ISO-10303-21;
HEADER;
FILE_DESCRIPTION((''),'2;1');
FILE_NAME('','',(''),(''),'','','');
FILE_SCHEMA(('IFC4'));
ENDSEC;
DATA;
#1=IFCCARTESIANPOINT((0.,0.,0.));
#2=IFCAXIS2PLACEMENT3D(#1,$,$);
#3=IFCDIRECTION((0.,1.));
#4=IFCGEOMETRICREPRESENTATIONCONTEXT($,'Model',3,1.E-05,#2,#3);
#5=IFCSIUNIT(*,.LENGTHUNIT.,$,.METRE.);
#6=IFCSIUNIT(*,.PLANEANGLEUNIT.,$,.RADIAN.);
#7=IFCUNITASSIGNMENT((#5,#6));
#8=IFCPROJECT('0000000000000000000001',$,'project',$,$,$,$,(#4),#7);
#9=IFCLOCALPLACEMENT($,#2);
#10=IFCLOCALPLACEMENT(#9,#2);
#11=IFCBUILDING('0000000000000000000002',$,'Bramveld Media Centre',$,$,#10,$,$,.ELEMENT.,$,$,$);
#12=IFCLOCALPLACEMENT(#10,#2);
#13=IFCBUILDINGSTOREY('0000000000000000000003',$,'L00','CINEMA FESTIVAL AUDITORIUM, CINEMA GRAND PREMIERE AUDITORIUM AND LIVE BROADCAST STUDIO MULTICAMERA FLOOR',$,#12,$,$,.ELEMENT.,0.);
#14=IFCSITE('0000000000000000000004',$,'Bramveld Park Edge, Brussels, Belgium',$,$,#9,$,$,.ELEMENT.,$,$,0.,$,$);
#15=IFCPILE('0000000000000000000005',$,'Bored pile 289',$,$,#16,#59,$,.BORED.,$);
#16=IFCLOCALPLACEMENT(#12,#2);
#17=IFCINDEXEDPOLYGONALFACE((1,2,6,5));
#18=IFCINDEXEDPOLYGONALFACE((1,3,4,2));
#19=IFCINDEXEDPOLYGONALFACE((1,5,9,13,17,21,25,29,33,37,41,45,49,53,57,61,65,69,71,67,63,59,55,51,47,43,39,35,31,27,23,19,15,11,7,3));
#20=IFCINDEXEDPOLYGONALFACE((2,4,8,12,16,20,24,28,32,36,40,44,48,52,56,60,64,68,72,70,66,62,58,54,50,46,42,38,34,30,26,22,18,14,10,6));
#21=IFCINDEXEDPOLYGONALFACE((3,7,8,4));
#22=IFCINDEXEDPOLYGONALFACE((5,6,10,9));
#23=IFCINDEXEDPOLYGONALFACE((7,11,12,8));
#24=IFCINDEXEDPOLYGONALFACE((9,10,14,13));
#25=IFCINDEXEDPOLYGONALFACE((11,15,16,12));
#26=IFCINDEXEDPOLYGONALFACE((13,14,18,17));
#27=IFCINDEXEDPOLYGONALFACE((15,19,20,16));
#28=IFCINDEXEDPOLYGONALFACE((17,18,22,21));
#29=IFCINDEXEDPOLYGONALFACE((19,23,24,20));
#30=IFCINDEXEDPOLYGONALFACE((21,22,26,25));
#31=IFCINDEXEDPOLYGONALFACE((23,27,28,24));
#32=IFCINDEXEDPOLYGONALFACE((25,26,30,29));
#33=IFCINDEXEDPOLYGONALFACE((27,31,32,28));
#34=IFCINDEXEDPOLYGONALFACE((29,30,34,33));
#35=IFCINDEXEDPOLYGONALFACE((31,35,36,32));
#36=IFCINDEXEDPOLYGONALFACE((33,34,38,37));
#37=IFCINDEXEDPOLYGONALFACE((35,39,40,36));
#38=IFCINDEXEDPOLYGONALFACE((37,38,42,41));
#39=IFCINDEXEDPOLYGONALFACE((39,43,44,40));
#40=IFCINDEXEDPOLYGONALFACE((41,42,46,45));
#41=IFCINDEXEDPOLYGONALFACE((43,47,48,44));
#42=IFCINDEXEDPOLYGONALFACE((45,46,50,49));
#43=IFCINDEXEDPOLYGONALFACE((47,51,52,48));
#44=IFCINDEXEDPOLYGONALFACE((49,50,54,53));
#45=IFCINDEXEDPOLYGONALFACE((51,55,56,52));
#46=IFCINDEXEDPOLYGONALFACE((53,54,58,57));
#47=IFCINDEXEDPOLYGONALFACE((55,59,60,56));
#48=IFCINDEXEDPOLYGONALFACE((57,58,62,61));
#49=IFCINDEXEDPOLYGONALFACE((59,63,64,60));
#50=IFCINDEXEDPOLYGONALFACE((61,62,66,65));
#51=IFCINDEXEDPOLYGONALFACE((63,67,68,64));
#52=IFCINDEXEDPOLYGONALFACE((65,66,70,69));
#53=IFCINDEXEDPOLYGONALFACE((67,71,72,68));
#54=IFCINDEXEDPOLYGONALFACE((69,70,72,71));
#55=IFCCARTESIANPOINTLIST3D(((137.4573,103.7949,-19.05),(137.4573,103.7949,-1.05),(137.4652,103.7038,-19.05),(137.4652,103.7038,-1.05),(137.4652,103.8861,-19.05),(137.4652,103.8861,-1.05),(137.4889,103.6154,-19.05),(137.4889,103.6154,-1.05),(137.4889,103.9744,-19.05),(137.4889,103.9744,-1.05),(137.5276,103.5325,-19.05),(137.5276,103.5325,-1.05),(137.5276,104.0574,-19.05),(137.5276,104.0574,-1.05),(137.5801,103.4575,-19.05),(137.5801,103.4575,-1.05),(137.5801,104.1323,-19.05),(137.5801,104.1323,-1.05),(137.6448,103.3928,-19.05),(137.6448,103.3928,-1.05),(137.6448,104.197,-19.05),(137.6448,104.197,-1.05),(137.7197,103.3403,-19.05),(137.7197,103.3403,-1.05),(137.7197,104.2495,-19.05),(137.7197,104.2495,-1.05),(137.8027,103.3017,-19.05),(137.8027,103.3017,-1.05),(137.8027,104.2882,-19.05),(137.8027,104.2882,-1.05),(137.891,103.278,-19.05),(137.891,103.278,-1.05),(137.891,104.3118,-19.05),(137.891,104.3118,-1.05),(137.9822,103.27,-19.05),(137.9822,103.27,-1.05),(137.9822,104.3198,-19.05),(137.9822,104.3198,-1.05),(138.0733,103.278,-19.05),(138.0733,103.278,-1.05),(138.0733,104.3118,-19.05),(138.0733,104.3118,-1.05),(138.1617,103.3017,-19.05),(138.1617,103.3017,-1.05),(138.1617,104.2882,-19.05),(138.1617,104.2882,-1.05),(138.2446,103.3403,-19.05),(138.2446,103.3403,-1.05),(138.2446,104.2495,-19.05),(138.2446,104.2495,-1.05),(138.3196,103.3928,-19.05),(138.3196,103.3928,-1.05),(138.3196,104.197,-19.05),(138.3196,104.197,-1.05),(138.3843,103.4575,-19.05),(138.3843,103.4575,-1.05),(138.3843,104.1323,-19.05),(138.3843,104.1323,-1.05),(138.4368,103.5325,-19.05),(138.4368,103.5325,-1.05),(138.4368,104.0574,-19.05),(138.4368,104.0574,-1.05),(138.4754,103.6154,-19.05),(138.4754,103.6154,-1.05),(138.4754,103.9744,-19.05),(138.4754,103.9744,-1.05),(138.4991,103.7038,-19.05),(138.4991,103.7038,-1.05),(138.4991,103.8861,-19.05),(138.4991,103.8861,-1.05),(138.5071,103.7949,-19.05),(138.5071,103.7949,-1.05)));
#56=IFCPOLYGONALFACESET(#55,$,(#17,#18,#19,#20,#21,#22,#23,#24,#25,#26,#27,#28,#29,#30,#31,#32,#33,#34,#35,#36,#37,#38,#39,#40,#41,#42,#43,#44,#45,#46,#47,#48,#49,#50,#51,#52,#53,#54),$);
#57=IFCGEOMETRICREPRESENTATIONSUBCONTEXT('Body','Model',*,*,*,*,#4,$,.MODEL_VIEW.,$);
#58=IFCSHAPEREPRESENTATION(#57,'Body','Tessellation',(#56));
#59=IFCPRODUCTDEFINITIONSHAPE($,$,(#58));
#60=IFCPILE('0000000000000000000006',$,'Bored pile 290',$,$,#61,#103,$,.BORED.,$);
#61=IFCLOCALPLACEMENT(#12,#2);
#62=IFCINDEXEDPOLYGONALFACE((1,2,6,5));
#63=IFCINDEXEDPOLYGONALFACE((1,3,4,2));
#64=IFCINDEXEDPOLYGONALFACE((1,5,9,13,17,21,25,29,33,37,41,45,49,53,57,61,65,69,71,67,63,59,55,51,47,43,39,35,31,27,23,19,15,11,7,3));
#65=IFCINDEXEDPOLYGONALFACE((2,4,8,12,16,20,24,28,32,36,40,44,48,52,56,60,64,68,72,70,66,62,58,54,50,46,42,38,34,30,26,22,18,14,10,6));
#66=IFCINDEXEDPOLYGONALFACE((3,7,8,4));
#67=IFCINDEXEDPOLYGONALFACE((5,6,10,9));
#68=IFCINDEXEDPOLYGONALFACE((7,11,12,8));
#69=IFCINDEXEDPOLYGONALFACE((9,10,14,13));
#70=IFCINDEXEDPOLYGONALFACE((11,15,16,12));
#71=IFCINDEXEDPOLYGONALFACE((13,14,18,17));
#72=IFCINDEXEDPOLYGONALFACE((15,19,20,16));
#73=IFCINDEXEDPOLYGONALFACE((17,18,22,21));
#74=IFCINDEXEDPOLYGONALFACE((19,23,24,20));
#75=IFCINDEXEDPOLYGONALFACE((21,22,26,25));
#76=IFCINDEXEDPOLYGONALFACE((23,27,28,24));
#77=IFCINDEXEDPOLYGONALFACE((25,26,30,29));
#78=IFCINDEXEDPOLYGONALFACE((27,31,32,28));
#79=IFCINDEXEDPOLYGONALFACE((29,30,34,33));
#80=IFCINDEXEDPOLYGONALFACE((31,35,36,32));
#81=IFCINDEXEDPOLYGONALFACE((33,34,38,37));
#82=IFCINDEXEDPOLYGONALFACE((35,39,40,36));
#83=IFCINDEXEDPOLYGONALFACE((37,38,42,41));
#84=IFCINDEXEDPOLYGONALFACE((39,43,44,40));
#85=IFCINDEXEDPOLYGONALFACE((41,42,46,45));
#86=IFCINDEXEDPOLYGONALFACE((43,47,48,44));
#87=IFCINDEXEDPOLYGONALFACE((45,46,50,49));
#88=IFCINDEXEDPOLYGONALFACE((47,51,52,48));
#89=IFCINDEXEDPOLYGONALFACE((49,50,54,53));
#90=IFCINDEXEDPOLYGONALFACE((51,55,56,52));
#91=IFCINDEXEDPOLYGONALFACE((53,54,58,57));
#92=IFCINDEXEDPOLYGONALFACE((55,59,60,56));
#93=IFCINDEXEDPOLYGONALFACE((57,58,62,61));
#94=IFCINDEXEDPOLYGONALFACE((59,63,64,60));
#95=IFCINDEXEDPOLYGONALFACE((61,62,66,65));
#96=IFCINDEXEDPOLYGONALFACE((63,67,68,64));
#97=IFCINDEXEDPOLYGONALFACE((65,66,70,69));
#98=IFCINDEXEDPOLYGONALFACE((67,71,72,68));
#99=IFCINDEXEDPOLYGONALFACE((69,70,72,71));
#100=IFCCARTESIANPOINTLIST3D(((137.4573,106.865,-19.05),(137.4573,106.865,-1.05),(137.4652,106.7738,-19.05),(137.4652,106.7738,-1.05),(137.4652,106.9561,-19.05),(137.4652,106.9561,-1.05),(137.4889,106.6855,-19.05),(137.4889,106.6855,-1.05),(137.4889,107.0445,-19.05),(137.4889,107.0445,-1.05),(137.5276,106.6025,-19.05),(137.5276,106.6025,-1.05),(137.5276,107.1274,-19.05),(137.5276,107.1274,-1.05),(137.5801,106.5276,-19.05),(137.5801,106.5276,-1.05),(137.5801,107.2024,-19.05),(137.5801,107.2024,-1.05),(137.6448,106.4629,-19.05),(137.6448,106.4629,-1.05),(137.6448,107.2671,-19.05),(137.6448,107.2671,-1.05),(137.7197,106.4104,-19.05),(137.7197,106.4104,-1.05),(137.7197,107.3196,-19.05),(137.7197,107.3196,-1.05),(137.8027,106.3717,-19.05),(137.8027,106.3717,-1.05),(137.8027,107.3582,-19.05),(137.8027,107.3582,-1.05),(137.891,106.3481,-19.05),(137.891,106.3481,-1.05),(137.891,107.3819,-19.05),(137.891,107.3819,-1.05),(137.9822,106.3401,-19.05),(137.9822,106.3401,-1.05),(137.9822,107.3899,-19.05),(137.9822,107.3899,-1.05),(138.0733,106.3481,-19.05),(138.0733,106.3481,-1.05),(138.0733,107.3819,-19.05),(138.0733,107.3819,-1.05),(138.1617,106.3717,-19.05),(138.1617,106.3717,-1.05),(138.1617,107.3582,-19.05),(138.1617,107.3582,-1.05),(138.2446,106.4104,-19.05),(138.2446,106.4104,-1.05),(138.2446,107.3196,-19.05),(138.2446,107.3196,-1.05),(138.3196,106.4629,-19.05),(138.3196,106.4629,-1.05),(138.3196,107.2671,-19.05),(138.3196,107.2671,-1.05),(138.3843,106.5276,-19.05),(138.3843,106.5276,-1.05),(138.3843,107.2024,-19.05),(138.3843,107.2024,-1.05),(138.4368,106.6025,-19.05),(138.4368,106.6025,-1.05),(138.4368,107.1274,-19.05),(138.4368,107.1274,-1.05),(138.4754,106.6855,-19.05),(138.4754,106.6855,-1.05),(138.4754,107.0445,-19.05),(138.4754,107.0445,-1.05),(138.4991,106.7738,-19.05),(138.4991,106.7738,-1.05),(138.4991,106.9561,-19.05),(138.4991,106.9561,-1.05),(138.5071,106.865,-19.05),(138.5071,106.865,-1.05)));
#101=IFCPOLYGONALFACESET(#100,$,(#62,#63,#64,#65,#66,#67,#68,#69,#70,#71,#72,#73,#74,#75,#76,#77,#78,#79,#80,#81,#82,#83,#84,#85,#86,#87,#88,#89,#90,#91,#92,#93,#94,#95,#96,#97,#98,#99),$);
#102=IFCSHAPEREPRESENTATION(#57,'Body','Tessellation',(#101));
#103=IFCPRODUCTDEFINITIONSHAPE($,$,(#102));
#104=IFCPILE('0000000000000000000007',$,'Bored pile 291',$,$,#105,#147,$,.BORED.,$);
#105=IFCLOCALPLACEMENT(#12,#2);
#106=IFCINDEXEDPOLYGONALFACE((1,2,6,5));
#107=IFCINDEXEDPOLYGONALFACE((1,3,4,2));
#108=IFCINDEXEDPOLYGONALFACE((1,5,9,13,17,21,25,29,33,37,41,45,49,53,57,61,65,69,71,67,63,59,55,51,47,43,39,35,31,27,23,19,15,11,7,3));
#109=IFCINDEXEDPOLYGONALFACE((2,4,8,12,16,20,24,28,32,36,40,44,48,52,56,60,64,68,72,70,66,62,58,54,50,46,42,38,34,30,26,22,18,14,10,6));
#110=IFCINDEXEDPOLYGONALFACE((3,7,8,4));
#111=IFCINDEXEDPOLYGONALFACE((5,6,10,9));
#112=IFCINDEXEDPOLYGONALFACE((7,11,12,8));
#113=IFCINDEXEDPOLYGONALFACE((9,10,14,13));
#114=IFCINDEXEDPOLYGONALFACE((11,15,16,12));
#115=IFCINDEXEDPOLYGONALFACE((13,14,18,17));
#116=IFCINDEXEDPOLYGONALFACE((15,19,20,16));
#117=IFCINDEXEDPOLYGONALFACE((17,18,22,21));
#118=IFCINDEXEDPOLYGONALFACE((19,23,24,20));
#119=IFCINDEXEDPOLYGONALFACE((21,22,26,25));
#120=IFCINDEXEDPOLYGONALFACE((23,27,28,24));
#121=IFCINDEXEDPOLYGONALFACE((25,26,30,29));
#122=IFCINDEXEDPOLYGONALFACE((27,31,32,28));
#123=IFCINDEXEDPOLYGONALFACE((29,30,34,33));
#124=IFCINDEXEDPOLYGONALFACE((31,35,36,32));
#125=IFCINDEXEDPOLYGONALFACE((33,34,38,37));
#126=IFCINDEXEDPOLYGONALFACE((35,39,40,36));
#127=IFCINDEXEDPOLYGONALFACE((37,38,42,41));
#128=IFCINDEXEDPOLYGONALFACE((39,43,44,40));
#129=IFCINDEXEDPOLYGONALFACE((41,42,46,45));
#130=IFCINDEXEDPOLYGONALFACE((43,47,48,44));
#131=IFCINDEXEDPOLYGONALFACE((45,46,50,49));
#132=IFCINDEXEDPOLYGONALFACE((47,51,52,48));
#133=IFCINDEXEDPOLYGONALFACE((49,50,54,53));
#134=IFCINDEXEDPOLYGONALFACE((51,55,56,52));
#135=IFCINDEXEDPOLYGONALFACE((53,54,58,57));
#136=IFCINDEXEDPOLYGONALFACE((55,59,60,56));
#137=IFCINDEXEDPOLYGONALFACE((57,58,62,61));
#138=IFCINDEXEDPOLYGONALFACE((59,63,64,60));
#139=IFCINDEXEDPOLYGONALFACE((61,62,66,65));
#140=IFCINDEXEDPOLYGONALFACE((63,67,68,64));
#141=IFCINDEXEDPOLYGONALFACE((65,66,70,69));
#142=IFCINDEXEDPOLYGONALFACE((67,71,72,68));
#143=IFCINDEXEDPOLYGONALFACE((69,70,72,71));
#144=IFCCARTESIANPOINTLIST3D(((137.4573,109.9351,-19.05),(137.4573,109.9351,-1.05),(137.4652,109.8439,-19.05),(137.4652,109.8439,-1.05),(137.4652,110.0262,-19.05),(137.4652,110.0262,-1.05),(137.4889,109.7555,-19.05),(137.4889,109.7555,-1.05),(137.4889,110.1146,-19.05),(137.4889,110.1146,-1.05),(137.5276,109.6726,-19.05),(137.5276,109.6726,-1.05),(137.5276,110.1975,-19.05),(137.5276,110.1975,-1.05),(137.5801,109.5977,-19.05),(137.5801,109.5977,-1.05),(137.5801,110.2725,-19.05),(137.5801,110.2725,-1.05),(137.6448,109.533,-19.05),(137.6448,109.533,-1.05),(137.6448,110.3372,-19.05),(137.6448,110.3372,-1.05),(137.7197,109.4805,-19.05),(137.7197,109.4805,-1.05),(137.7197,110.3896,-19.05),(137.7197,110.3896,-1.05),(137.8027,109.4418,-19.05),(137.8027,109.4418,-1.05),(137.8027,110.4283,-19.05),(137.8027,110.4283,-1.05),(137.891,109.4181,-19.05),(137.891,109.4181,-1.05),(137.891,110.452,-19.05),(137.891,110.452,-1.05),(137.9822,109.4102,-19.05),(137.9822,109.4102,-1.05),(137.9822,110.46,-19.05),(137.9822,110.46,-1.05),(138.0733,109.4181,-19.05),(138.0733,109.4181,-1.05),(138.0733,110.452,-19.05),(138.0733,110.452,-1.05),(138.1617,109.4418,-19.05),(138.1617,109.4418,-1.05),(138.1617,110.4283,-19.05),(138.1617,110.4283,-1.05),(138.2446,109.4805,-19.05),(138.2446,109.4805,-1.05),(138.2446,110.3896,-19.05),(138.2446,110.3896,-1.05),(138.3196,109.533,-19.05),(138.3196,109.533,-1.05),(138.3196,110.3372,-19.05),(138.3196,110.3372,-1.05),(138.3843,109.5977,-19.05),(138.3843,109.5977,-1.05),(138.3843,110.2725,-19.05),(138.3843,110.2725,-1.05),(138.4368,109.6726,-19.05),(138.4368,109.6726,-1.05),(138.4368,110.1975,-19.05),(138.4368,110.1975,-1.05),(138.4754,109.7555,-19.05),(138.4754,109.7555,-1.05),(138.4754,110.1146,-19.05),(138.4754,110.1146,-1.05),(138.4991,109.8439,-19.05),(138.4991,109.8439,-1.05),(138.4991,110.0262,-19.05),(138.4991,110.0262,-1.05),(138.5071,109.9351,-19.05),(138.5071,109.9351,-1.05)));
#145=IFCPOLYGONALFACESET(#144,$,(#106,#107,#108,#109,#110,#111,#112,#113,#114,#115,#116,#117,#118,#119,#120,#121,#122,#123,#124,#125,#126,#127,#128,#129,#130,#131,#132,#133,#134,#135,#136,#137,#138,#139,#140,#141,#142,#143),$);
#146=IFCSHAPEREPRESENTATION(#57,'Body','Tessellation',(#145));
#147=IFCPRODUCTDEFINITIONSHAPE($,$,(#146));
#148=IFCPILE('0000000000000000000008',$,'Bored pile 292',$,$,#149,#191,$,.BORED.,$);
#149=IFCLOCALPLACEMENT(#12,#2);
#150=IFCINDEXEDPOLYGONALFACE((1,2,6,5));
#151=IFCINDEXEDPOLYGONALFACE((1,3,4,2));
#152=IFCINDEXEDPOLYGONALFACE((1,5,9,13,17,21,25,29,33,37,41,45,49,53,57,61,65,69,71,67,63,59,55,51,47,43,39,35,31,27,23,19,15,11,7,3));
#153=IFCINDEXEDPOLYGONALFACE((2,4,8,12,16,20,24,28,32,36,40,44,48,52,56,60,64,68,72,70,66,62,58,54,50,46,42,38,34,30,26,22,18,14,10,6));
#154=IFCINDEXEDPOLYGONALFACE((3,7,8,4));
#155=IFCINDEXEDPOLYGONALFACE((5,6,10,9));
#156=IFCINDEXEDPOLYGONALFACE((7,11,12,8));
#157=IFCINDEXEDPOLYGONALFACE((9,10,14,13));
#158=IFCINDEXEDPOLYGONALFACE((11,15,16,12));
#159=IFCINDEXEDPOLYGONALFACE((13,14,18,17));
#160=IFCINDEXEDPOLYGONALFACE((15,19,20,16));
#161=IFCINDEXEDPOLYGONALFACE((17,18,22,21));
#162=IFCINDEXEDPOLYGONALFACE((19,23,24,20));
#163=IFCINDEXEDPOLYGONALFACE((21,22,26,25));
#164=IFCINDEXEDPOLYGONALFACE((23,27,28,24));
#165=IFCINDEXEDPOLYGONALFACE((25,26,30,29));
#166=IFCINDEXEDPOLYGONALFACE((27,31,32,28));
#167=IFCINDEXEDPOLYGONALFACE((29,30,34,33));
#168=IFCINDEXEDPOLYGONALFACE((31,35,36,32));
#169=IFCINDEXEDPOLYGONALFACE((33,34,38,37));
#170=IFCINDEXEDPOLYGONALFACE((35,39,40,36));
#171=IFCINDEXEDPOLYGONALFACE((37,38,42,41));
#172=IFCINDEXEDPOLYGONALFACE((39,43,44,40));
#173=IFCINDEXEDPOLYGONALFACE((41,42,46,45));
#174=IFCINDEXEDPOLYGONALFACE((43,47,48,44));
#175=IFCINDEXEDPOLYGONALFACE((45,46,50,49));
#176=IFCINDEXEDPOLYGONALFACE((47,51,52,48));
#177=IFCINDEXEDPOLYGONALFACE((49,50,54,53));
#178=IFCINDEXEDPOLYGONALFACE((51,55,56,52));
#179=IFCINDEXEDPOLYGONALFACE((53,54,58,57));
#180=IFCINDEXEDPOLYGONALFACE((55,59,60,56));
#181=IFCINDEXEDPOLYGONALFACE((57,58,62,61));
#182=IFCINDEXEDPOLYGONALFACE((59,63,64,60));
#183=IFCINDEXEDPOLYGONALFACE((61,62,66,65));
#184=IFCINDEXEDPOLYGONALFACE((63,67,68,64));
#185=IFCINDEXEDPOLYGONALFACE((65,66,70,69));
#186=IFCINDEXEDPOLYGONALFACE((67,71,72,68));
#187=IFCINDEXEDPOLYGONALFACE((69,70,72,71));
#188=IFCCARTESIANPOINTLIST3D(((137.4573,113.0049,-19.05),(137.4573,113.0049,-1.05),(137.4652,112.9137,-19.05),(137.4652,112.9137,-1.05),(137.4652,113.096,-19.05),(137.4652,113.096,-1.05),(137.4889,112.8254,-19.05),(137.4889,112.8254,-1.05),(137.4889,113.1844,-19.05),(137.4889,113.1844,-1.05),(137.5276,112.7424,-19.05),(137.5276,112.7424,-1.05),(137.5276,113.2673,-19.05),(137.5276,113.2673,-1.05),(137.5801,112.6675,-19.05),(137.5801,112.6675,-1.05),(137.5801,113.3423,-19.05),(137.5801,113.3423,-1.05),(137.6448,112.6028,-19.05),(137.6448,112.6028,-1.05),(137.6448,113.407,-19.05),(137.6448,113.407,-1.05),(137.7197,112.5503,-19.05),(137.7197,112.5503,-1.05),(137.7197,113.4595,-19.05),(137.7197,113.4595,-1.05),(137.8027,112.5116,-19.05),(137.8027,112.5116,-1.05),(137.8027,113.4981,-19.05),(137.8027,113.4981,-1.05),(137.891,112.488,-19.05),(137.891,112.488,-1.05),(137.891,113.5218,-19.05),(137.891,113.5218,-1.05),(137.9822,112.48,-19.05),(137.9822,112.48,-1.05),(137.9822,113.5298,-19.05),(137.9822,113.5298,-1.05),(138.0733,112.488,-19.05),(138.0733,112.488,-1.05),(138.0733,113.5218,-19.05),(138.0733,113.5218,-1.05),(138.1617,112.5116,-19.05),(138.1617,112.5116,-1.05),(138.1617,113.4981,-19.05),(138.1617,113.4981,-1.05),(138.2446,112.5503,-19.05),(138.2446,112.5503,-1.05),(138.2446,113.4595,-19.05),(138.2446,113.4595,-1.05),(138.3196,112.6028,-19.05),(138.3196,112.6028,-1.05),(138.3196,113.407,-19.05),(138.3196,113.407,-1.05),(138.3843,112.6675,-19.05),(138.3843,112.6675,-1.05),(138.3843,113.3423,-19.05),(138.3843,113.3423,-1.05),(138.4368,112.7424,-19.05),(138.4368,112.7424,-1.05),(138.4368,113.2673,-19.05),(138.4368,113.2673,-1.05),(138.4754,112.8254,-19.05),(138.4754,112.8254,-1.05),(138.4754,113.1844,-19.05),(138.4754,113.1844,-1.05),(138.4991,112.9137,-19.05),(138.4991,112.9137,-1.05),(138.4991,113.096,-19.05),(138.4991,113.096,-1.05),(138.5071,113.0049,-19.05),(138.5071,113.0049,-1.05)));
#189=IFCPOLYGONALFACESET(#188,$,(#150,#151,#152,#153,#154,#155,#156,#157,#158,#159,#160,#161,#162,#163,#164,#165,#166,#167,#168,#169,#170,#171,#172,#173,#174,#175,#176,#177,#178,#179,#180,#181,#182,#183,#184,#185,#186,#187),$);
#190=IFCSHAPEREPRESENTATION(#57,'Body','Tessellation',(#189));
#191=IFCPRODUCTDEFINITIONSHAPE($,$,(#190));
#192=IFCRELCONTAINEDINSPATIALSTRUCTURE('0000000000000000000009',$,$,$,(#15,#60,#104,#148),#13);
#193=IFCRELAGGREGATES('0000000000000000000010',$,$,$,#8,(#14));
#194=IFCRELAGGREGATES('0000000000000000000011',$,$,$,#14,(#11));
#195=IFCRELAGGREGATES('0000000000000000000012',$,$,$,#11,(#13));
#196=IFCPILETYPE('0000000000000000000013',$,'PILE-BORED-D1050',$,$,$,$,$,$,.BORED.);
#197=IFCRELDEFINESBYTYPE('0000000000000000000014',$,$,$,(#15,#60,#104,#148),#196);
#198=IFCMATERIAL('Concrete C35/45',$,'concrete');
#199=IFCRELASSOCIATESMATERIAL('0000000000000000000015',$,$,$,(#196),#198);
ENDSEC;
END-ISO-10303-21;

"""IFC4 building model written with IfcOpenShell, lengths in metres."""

from ifc_helpers import new_model, si_unit, direction, frame, origin, origin_2d, place, context, subcontext, project, spatial, circle, extrude, material, material_profile, profile_set, type_object, element, save


model = new_model("IFC4")

# Units and contexts
model_context = context("Model", 3, precision=1e-05, world=origin(), true_north=direction((0.0, 1.0)))
body_context = subcontext(model_context, "Body", "Model", "MODEL_VIEW")
ifc_project = project(units=[si_unit("LENGTHUNIT", "METRE"), si_unit("PLANEANGLEUNIT", "RADIAN")], contexts=[model_context])

# Site, building, storey
site_placement = place(None, origin())
site = spatial("IfcSite", under=ifc_project, at=site_placement, Name="Bramveld Park Edge, Brussels, Belgium", CompositionType="ELEMENT", RefElevation=0.0)
building_placement = place(site_placement, origin())
building = spatial("IfcBuilding", under=site, at=building_placement, Name="Bramveld Media Centre", CompositionType="ELEMENT")
storey_placement = place(building_placement, origin())
storey = spatial("IfcBuildingStorey", under=building, at=storey_placement, Name="L00", Description="CINEMA FESTIVAL AUDITORIUM, CINEMA GRAND PREMIERE AUDITORIUM AND LIVE BROADCAST STUDIO MULTICAMERA FLOOR", CompositionType="ELEMENT", Elevation=0.0)

# Piles
ifc_material_1 = material(Name="Concrete C35/45", Category="concrete")
ifc_material_profile_1 = material_profile(ifc_material_1, circle(Radius=0.5249, at=origin_2d()), Name="BORED D1050")
ifc_profile_set_1 = profile_set([ifc_material_profile_1], Name="Concrete C35/45")
pile_type = type_object("IfcPileType", Name="PILE-BORED-D1050", PredefinedType="BORED", material=ifc_profile_set_1)
for number, where, z_axis, x_axis, name in (
    (1, (137.9822, 103.7949, -1.05), (0.0, 0.0, -1.0), (1.0, 0.0, 0.0), "Bored pile 289"),
    (2, (137.9822, 106.865, -1.05), (0.0, 0.0, -1.0), (1.0, 0.0, 0.0), "Bored pile 290"),
    (3, (137.9822, 109.9351, -1.05), (0.0, 0.0, -1.0), (1.0, 0.0, 0.0), "Bored pile 291"),
    (4, (137.9822, 113.0049, -1.05), (0.0, 0.0, -1.0), (1.0, 0.0, 0.0), "Bored pile 292"),
):
    element("IfcPile", number, at=place(storey_placement, frame(where, z_axis=z_axis, x_axis=x_axis)), inside=storey, type_object=pile_type, Name=name, PredefinedType="BORED", context=body_context, shape_type="SweptSolid", body=[
        extrude(circle(Radius=0.5249, at=origin_2d()), origin(), (0.0, 0.0, 1.0), 18.0),
    ])

save(model, "model.ifc")
